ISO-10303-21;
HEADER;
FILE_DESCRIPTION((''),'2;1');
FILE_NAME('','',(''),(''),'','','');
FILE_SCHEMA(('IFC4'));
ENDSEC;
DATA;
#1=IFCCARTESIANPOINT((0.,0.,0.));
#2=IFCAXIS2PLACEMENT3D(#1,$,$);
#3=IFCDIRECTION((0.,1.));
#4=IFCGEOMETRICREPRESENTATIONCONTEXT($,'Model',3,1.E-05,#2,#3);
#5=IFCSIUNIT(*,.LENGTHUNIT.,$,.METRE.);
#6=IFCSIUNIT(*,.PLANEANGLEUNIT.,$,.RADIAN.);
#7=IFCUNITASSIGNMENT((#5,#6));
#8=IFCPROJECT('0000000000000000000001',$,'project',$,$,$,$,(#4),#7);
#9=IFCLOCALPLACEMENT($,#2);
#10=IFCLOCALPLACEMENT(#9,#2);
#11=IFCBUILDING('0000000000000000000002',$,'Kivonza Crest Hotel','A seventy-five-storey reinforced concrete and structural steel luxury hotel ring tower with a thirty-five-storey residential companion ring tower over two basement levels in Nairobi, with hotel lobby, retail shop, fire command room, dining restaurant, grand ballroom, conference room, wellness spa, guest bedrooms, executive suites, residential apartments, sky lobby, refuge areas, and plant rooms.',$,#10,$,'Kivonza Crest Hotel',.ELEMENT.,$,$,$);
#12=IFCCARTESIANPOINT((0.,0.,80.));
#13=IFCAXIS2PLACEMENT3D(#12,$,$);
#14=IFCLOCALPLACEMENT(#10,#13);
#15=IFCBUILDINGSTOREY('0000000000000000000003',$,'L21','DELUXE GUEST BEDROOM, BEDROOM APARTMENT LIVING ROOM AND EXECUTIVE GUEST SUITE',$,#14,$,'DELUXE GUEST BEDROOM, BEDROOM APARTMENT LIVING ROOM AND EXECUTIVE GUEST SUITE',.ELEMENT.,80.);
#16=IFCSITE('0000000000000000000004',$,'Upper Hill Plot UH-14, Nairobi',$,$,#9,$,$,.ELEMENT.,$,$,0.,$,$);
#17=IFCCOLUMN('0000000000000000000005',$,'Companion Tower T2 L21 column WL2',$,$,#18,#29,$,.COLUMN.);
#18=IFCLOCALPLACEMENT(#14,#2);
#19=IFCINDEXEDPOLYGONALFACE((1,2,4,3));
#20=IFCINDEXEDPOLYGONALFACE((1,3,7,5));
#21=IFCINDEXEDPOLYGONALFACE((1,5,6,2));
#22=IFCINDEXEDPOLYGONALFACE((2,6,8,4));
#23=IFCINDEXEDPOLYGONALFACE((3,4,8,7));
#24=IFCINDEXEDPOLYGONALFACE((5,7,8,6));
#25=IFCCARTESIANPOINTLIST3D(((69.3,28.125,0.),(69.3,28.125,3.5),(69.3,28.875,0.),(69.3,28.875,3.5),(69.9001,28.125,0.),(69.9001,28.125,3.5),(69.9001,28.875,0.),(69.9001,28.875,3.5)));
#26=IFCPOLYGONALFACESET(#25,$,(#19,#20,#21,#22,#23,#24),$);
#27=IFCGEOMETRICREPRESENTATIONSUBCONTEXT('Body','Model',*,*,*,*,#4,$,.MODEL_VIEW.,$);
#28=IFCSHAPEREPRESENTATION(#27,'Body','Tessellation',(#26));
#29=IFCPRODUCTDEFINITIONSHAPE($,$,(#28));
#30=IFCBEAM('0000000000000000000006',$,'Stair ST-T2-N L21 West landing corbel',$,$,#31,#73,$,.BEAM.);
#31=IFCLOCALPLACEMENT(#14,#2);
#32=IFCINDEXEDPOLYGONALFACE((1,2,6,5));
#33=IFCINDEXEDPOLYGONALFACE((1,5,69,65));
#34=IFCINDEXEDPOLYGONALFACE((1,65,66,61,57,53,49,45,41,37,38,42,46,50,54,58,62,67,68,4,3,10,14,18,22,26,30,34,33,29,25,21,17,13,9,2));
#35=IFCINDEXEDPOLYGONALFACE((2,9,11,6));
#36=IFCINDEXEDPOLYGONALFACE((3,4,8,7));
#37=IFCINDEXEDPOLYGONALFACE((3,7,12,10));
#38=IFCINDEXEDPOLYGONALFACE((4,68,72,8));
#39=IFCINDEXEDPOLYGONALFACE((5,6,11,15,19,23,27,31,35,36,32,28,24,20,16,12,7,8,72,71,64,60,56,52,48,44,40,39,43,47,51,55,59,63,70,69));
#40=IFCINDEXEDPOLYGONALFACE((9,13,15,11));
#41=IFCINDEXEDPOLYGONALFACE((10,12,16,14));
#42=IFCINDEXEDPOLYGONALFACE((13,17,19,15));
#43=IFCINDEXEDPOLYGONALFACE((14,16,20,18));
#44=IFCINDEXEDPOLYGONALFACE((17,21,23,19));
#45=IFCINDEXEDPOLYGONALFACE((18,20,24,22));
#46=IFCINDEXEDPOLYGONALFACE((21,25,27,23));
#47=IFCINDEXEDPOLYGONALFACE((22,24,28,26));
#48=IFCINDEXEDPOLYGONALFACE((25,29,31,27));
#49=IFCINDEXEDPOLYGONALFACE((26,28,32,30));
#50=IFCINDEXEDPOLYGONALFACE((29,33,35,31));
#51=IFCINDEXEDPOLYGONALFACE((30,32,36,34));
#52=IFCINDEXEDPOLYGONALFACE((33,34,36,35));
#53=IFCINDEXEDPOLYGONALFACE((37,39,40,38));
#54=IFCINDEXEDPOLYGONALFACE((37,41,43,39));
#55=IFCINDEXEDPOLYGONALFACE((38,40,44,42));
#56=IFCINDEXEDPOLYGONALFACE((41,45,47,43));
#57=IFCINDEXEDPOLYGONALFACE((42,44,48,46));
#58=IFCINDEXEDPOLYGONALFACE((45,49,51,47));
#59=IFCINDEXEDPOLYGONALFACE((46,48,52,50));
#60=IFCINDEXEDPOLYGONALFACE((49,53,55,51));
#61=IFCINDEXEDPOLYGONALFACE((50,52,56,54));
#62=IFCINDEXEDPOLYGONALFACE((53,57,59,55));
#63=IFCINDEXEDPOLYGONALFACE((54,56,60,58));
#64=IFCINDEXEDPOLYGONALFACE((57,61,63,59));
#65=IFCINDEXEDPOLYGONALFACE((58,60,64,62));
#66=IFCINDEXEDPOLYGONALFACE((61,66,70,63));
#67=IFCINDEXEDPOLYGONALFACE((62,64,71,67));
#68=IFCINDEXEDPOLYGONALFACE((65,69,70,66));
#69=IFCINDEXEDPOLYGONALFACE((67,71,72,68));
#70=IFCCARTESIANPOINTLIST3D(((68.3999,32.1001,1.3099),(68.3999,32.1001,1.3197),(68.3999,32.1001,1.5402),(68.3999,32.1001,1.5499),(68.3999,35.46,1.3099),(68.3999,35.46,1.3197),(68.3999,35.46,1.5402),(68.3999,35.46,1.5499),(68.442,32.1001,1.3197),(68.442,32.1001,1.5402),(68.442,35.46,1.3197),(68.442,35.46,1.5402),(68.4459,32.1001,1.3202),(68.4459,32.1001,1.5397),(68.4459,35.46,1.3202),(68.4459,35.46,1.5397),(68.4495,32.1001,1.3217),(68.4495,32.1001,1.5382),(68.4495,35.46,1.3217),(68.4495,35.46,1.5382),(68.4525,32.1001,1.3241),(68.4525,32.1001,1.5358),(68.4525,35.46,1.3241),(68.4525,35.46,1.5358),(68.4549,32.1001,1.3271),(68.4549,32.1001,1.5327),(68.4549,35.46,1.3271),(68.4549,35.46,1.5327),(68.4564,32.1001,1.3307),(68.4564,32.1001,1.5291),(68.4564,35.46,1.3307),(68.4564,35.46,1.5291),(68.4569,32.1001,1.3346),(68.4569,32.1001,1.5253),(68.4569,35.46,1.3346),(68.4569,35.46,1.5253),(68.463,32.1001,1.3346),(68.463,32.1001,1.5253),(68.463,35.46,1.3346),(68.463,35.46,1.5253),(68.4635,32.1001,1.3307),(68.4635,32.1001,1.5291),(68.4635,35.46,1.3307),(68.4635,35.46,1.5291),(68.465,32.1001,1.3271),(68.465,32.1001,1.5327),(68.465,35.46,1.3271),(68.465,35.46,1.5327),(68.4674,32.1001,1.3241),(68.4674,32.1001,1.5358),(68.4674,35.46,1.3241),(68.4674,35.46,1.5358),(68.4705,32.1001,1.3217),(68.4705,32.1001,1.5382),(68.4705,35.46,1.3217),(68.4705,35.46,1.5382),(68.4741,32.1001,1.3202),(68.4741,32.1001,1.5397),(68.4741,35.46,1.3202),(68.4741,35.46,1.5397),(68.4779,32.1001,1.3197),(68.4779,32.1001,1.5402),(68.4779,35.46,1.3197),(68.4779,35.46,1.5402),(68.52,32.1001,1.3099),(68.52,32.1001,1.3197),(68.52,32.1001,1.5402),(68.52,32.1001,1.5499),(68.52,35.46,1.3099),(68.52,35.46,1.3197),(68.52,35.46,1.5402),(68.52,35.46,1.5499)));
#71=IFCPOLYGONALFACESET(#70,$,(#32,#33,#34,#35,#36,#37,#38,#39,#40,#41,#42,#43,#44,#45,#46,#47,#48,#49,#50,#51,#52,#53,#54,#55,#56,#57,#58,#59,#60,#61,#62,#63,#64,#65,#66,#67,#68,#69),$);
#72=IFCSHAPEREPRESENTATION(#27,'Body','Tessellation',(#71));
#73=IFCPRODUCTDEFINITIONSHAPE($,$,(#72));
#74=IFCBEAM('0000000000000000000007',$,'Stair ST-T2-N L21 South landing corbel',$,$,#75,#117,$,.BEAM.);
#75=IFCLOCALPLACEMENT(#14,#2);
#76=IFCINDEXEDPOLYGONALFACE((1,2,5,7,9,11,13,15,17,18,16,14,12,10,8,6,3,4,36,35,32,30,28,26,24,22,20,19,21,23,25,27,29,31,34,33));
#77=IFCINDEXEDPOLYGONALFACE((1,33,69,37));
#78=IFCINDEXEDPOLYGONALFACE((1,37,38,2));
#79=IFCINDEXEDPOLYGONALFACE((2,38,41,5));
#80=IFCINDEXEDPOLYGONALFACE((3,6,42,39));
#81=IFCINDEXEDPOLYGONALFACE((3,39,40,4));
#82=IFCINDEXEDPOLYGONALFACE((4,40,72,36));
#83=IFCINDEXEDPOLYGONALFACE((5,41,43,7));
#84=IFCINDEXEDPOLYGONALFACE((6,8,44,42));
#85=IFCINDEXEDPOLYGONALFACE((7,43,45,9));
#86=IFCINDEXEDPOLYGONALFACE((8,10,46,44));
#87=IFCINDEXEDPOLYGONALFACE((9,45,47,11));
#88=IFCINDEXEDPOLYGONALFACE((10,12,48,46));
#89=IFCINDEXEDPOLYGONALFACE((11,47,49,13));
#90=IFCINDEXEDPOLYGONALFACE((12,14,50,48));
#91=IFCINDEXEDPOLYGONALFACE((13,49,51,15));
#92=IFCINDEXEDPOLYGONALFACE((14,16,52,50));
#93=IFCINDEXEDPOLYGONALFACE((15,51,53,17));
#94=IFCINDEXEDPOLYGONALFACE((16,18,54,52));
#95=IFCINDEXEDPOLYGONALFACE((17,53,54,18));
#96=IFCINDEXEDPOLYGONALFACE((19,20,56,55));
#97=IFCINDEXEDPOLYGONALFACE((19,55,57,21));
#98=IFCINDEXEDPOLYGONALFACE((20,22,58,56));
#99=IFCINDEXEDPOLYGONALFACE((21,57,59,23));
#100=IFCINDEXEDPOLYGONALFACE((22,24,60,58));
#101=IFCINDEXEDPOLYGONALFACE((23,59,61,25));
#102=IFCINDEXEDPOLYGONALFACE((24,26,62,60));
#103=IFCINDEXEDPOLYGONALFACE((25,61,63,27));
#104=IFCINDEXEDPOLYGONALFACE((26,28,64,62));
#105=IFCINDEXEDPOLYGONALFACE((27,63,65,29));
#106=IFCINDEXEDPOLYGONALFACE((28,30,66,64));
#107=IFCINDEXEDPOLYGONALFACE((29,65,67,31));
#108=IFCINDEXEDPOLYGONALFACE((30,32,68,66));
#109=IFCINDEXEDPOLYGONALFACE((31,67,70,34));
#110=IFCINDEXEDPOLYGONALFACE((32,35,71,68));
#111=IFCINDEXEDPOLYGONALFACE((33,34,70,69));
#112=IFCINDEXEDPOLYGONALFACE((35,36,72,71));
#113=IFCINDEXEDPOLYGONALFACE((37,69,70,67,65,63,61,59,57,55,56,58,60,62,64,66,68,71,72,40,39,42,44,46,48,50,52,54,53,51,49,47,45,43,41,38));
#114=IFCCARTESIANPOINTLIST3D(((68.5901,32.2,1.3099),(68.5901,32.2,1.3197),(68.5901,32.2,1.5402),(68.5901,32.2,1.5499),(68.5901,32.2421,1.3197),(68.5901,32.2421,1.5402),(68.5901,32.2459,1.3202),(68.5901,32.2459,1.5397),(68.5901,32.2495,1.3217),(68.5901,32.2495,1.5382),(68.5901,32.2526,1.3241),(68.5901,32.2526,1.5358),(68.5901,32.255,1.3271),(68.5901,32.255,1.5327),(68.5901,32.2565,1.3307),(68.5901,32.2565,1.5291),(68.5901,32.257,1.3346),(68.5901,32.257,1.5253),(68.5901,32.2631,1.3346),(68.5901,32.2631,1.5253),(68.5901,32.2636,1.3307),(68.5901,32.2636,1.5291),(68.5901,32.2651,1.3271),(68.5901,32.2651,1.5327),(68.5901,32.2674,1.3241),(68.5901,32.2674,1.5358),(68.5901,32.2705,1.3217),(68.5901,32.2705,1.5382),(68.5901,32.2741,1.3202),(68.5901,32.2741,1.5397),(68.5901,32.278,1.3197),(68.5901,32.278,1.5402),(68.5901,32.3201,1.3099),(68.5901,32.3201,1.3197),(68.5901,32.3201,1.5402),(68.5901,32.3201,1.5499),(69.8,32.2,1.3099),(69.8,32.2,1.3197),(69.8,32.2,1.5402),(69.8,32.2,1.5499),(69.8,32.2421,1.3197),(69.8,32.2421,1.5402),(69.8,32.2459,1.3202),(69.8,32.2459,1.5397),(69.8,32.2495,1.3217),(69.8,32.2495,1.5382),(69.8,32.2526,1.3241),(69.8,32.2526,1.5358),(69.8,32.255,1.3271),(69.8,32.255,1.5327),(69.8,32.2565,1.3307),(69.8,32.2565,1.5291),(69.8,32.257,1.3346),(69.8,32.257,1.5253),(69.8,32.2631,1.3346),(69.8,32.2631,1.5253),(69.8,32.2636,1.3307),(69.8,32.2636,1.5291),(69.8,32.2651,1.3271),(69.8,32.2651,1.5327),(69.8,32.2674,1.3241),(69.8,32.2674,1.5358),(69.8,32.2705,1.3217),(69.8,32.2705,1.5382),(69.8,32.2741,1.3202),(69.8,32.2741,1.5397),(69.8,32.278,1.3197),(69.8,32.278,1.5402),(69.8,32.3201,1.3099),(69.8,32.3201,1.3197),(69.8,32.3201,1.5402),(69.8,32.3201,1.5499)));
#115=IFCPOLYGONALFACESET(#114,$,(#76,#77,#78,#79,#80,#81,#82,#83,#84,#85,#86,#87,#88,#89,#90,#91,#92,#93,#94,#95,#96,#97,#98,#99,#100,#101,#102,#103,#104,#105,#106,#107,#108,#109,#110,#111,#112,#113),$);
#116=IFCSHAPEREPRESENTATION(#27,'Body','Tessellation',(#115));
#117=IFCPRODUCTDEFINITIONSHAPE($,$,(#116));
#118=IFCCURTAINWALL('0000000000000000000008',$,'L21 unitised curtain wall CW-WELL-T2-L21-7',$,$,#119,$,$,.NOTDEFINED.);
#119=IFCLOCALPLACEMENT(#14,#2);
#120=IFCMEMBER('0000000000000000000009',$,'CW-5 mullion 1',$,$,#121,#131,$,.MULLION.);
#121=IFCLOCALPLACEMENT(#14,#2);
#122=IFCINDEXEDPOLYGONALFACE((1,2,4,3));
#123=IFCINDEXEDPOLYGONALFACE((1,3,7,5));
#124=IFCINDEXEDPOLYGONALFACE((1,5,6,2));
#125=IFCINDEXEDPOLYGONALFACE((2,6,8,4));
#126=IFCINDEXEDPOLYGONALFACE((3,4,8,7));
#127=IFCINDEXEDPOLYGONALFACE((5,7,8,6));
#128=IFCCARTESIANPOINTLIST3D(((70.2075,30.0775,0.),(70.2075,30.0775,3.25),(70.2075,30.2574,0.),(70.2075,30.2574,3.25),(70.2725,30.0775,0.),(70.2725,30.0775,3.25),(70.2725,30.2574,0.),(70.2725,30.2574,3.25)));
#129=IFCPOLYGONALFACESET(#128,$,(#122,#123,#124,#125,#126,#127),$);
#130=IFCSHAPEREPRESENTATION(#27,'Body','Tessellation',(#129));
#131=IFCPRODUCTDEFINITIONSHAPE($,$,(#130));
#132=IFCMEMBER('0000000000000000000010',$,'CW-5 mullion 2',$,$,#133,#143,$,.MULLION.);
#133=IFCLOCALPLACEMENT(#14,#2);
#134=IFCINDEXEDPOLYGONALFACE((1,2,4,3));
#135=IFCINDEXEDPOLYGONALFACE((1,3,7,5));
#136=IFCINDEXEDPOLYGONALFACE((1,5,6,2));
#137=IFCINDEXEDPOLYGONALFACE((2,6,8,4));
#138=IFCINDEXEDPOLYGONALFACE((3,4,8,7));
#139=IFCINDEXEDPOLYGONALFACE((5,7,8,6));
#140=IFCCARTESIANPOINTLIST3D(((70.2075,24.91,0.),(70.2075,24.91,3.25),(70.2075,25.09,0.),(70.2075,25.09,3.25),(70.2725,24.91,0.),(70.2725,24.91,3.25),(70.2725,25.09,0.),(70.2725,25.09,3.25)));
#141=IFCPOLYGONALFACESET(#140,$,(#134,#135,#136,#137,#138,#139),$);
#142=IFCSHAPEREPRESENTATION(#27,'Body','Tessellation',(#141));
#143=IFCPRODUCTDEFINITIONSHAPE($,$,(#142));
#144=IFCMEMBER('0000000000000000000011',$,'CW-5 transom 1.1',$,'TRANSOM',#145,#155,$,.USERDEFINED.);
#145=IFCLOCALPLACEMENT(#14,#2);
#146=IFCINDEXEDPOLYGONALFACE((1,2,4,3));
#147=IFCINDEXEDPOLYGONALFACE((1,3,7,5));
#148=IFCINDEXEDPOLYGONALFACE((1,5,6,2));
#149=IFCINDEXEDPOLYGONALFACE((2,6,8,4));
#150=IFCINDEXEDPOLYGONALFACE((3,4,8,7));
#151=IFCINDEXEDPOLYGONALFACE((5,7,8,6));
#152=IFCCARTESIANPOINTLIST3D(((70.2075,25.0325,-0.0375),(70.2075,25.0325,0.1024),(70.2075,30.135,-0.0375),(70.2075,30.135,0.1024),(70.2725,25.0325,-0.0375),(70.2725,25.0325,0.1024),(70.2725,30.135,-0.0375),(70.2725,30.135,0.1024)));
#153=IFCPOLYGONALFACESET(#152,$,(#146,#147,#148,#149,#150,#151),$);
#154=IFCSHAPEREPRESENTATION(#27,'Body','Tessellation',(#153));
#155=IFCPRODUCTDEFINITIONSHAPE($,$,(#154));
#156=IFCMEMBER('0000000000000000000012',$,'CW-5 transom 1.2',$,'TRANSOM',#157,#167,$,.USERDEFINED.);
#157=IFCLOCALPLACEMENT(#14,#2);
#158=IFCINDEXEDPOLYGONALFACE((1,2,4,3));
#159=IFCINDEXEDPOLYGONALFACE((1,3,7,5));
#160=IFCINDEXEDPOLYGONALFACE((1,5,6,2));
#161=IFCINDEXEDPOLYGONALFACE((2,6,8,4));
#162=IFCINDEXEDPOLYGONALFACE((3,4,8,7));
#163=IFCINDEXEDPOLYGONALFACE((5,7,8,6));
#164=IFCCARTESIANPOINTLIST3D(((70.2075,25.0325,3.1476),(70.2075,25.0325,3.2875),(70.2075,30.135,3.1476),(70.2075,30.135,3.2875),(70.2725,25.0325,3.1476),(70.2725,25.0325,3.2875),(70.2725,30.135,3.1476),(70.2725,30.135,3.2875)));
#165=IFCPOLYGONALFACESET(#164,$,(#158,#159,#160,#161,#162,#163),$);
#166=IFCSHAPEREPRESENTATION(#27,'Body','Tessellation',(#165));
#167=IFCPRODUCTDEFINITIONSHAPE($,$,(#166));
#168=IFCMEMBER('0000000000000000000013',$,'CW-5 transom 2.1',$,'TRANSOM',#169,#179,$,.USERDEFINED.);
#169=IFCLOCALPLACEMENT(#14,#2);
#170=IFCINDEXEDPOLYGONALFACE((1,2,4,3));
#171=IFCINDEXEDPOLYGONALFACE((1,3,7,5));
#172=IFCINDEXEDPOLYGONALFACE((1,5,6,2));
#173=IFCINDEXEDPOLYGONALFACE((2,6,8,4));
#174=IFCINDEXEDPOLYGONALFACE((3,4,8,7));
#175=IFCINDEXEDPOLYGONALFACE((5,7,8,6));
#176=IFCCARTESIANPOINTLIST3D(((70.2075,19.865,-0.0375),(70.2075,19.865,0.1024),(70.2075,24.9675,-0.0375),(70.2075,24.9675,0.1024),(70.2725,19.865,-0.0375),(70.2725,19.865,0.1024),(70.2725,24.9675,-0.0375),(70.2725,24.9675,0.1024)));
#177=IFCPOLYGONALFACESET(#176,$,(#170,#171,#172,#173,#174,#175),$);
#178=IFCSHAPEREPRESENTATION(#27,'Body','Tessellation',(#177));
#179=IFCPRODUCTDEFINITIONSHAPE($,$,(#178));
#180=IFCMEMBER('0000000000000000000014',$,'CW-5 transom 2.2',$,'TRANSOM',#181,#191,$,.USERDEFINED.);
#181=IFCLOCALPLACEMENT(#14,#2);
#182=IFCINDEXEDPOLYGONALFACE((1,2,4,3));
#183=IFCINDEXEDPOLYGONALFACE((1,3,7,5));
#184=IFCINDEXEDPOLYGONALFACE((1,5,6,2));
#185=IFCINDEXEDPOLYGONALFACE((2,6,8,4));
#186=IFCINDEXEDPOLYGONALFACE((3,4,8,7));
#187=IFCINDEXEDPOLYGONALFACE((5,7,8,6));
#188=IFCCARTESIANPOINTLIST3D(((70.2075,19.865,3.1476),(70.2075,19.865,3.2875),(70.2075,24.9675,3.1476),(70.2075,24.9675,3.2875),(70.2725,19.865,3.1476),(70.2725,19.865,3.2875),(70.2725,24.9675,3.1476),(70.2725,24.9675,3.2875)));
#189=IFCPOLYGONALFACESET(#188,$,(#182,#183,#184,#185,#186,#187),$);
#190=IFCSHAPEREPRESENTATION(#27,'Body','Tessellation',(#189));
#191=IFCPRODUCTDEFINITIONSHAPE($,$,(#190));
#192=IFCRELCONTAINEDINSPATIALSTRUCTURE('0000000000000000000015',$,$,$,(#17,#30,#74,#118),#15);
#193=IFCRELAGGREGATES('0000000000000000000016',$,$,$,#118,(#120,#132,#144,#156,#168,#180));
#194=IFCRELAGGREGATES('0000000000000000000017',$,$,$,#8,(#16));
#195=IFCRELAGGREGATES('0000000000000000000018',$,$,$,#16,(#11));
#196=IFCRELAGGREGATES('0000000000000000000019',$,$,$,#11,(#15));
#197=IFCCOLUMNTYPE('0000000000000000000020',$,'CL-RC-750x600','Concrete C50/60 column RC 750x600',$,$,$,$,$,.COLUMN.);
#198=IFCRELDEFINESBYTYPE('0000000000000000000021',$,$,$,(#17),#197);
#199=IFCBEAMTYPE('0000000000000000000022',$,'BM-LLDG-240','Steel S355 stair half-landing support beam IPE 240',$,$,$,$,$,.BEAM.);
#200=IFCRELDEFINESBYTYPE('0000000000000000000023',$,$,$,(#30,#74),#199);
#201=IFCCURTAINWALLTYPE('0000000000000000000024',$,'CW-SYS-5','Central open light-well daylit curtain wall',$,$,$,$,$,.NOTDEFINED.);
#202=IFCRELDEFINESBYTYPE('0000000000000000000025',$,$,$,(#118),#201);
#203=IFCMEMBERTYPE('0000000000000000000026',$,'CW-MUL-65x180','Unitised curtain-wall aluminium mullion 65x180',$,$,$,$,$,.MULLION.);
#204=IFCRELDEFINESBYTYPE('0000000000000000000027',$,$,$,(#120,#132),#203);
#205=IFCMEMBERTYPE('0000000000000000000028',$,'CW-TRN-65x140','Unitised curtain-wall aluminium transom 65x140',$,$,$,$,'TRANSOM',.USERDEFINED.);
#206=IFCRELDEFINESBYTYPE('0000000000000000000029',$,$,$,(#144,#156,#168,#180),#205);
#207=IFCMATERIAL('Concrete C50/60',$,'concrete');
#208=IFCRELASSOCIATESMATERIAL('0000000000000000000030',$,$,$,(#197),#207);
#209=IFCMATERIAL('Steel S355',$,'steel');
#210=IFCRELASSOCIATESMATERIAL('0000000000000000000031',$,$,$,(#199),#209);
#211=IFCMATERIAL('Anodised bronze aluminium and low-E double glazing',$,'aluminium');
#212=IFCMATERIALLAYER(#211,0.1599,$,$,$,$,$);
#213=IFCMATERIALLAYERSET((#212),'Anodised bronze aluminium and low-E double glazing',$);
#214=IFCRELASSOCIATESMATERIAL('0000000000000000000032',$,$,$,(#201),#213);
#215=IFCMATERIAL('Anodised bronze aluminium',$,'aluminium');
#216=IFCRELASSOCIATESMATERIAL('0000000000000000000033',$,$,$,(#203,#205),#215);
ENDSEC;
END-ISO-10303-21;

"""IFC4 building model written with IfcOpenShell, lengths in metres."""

from ifc_helpers import new_model, si_unit, direction, frame, origin, origin_2d, place, context, subcontext, project, spatial, rectangle, i_section, extrude, material, layer, layer_set, material_profile, profile_set, type_object, element, aggregate, save


model = new_model("IFC4")

# Units and contexts
model_context = context("Model", 3, precision=1e-05, world=origin(), true_north=direction((0.0, 1.0)))
body_context = subcontext(model_context, "Body", "Model", "MODEL_VIEW")
ifc_project = project(units=[si_unit("LENGTHUNIT", "METRE"), si_unit("PLANEANGLEUNIT", "RADIAN")], contexts=[model_context])

# Site, building, storey
site_placement = place(None, origin())
site = spatial("IfcSite", under=ifc_project, at=site_placement, Name="Upper Hill Plot UH-14, Nairobi", CompositionType="ELEMENT", RefElevation=0.0)
building_placement = place(site_placement, origin())
building = spatial("IfcBuilding", under=site, at=building_placement, Name="Kivonza Crest Hotel", Description="A seventy-five-storey reinforced concrete and structural steel luxury hotel ring tower with a thirty-five-storey residential companion ring tower over two basement levels in Nairobi, with hotel lobby, retail shop, fire command room, dining restaurant, grand ballroom, conference room, wellness spa, guest bedrooms, executive suites, residential apartments, sky lobby, refuge areas, and plant rooms.", LongName="Kivonza Crest Hotel", CompositionType="ELEMENT")
storey_placement = place(building_placement, frame((0.0, 0.0, 80.0)))
storey = spatial("IfcBuildingStorey", under=building, at=storey_placement, Name="L21", Description="DELUXE GUEST BEDROOM, BEDROOM APARTMENT LIVING ROOM AND EXECUTIVE GUEST SUITE", LongName="DELUXE GUEST BEDROOM, BEDROOM APARTMENT LIVING ROOM AND EXECUTIVE GUEST SUITE", CompositionType="ELEMENT", Elevation=80.0)

# Column
ifc_material_1 = material(Name="Concrete C50/60", Category="concrete")
ifc_material_profile_1 = material_profile(ifc_material_1, rectangle(XDim=0.6001, YDim=0.75, at=origin_2d()), Name="RC 750x600")
ifc_profile_set_1 = profile_set([ifc_material_profile_1], Name="Concrete C50/60")
column_type = type_object("IfcColumnType", Name="CL-RC-750x600", Description="Concrete C50/60 column RC 750x600", PredefinedType="COLUMN", material=ifc_profile_set_1)
column_placement = place(storey_placement, frame((69.6001, 28.5, 0.0), z_axis=(0.0, 0.0, 1.0), x_axis=(1.0, 0.0, 0.0)))
element("IfcColumn", 1, at=column_placement, inside=storey, type_object=column_type, Name="Companion Tower T2 L21 column WL2", PredefinedType="COLUMN", context=body_context, shape_type="SweptSolid", body=[
    extrude(rectangle(XDim=0.6001, YDim=0.75, at=origin_2d()), origin(), (0.0, 0.0, 1.0), 3.5),
])

# Beams
ifc_material_2 = material(Name="Steel S355", Category="steel")
ifc_material_profile_2 = material_profile(ifc_material_2, i_section(OverallWidth=0.1201, OverallDepth=0.24, WebThickness=0.0061, FlangeThickness=0.0098, FilletRadius=0.0149, at=origin_2d()), Name="IPE 240")
ifc_profile_set_2 = profile_set([ifc_material_profile_2], Name="Steel S355")
beam_type = type_object("IfcBeamType", Name="BM-LLDG-240", Description="Steel S355 stair half-landing support beam IPE 240", PredefinedType="BEAM", material=ifc_profile_set_2)
beam_1_placement = place(storey_placement, frame((68.46, 32.1001, 1.4299), z_axis=(0.0, 1.0, 0.0), x_axis=(-1.0, 0.0, 0.0)))
element("IfcBeam", 2, at=beam_1_placement, inside=storey, type_object=beam_type, Name="Stair ST-T2-N L21 West landing corbel", PredefinedType="BEAM", context=body_context, shape_type="SweptSolid", body=[
    extrude(i_section(OverallWidth=0.1201, OverallDepth=0.24, WebThickness=0.0061, FlangeThickness=0.0098, FilletRadius=0.0149, at=origin_2d()), origin(), (0.0, 0.0, 1.0), 3.3599),
])
beam_2_placement = place(storey_placement, frame((68.5901, 32.26, 1.4299), z_axis=(1.0, 0.0, 0.0), x_axis=(0.0, 1.0, 0.0)))
element("IfcBeam", 3, at=beam_2_placement, inside=storey, type_object=beam_type, Name="Stair ST-T2-N L21 South landing corbel", PredefinedType="BEAM", context=body_context, shape_type="SweptSolid", body=[
    extrude(i_section(OverallWidth=0.1201, OverallDepth=0.24, WebThickness=0.0061, FlangeThickness=0.0098, FilletRadius=0.0149, at=origin_2d()), origin(), (0.0, 0.0, 1.0), 1.21),
])

# Curtain wall, members
ifc_material_3 = material(Name="Anodised bronze aluminium and low-E double glazing", Category="aluminium")
ifc_layer_1 = layer(ifc_material_3, 0.1599)
ifc_layer_set_1 = layer_set([ifc_layer_1], Name="Anodised bronze aluminium and low-E double glazing")
curtain_wall_type = type_object("IfcCurtainWallType", Name="CW-SYS-5", Description="Central open light-well daylit curtain wall", PredefinedType="NOTDEFINED", material=ifc_layer_set_1)
curtain_wall_placement = place(storey_placement, origin())
curtain_wall = element("IfcCurtainWall", 4, at=curtain_wall_placement, inside=storey, type_object=curtain_wall_type, Name="L21 unitised curtain wall CW-WELL-T2-L21-7", PredefinedType="NOTDEFINED")
ifc_material_4 = material(Name="Anodised bronze aluminium", Category="aluminium")
ifc_material_profile_3 = material_profile(ifc_material_4, rectangle(XDim=0.0649, YDim=0.1799, at=origin_2d()), Name="CW-M 65x180")
ifc_profile_set_3 = profile_set([ifc_material_profile_3], Name="Anodised bronze aluminium")
member_type_1 = type_object("IfcMemberType", Name="CW-MUL-65x180", Description="Unitised curtain-wall aluminium mullion 65x180", PredefinedType="MULLION", material=ifc_profile_set_3)
member_1_placement = place(storey_placement, frame((70.24, 30.1675, 0.0), z_axis=(0.0, 0.0, 1.0), x_axis=(1.0, 0.0, 0.0)))
member_1 = element("IfcMember", 5, at=member_1_placement, type_object=member_type_1, Name="CW-5 mullion 1", PredefinedType="MULLION", context=body_context, shape_type="SweptSolid", body=[
    extrude(rectangle(XDim=0.0649, YDim=0.1799, at=origin_2d()), origin(), (0.0, 0.0, 1.0), 3.25),
])
member_2_placement = place(storey_placement, frame((70.24, 25.0, 0.0), z_axis=(0.0, 0.0, 1.0), x_axis=(1.0, 0.0, 0.0)))
member_2 = element("IfcMember", 6, at=member_2_placement, type_object=member_type_1, Name="CW-5 mullion 2", PredefinedType="MULLION", context=body_context, shape_type="SweptSolid", body=[
    extrude(rectangle(XDim=0.0649, YDim=0.1799, at=origin_2d()), origin(), (0.0, 0.0, 1.0), 3.25),
])
ifc_material_profile_4 = material_profile(ifc_material_4, rectangle(XDim=0.0649, YDim=0.1399, at=origin_2d()), Name="CW-T 65x140")
ifc_profile_set_4 = profile_set([ifc_material_profile_4], Name="Anodised bronze aluminium")
member_type_2 = type_object("IfcMemberType", Name="CW-TRN-65x140", Description="Unitised curtain-wall aluminium transom 65x140", ElementType="TRANSOM", PredefinedType="USERDEFINED", material=ifc_profile_set_4)
member_3_placement = place(storey_placement, frame((70.24, 30.135, 0.0325), z_axis=(0.0, -1.0, 0.0), x_axis=(1.0, 0.0, 0.0)))
member_3 = element("IfcMember", 7, at=member_3_placement, type_object=member_type_2, Name="CW-5 transom 1.1", ObjectType="TRANSOM", PredefinedType="USERDEFINED", context=body_context, shape_type="SweptSolid", body=[
    extrude(rectangle(XDim=0.0649, YDim=0.1399, at=origin_2d()), origin(), (0.0, 0.0, 1.0), 5.1025),
])
member_4_placement = place(storey_placement, frame((70.24, 30.135, 3.2175), z_axis=(0.0, -1.0, 0.0), x_axis=(1.0, 0.0, 0.0)))
member_4 = element("IfcMember", 8, at=member_4_placement, type_object=member_type_2, Name="CW-5 transom 1.2", ObjectType="TRANSOM", PredefinedType="USERDEFINED", context=body_context, shape_type="SweptSolid", body=[
    extrude(rectangle(XDim=0.0649, YDim=0.1399, at=origin_2d()), origin(), (0.0, 0.0, 1.0), 5.1025),
])
member_5_placement = place(storey_placement, frame((70.24, 24.9675, 0.0325), z_axis=(0.0, -1.0, 0.0), x_axis=(1.0, 0.0, 0.0)))
member_5 = element("IfcMember", 9, at=member_5_placement, type_object=member_type_2, Name="CW-5 transom 2.1", ObjectType="TRANSOM", PredefinedType="USERDEFINED", context=body_context, shape_type="SweptSolid", body=[
    extrude(rectangle(XDim=0.0649, YDim=0.1399, at=origin_2d()), origin(), (0.0, 0.0, 1.0), 5.1025),
])
member_6_placement = place(storey_placement, frame((70.24, 24.9675, 3.2175), z_axis=(0.0, -1.0, 0.0), x_axis=(1.0, 0.0, 0.0)))
member_6 = element("IfcMember", 10, at=member_6_placement, type_object=member_type_2, Name="CW-5 transom 2.2", ObjectType="TRANSOM", PredefinedType="USERDEFINED", context=body_context, shape_type="SweptSolid", body=[
    extrude(rectangle(XDim=0.0649, YDim=0.1399, at=origin_2d()), origin(), (0.0, 0.0, 1.0), 5.1025),
])
aggregate(curtain_wall, [member_1, member_2, member_3, member_4, member_5, member_6])

save(model, "model.ifc")
